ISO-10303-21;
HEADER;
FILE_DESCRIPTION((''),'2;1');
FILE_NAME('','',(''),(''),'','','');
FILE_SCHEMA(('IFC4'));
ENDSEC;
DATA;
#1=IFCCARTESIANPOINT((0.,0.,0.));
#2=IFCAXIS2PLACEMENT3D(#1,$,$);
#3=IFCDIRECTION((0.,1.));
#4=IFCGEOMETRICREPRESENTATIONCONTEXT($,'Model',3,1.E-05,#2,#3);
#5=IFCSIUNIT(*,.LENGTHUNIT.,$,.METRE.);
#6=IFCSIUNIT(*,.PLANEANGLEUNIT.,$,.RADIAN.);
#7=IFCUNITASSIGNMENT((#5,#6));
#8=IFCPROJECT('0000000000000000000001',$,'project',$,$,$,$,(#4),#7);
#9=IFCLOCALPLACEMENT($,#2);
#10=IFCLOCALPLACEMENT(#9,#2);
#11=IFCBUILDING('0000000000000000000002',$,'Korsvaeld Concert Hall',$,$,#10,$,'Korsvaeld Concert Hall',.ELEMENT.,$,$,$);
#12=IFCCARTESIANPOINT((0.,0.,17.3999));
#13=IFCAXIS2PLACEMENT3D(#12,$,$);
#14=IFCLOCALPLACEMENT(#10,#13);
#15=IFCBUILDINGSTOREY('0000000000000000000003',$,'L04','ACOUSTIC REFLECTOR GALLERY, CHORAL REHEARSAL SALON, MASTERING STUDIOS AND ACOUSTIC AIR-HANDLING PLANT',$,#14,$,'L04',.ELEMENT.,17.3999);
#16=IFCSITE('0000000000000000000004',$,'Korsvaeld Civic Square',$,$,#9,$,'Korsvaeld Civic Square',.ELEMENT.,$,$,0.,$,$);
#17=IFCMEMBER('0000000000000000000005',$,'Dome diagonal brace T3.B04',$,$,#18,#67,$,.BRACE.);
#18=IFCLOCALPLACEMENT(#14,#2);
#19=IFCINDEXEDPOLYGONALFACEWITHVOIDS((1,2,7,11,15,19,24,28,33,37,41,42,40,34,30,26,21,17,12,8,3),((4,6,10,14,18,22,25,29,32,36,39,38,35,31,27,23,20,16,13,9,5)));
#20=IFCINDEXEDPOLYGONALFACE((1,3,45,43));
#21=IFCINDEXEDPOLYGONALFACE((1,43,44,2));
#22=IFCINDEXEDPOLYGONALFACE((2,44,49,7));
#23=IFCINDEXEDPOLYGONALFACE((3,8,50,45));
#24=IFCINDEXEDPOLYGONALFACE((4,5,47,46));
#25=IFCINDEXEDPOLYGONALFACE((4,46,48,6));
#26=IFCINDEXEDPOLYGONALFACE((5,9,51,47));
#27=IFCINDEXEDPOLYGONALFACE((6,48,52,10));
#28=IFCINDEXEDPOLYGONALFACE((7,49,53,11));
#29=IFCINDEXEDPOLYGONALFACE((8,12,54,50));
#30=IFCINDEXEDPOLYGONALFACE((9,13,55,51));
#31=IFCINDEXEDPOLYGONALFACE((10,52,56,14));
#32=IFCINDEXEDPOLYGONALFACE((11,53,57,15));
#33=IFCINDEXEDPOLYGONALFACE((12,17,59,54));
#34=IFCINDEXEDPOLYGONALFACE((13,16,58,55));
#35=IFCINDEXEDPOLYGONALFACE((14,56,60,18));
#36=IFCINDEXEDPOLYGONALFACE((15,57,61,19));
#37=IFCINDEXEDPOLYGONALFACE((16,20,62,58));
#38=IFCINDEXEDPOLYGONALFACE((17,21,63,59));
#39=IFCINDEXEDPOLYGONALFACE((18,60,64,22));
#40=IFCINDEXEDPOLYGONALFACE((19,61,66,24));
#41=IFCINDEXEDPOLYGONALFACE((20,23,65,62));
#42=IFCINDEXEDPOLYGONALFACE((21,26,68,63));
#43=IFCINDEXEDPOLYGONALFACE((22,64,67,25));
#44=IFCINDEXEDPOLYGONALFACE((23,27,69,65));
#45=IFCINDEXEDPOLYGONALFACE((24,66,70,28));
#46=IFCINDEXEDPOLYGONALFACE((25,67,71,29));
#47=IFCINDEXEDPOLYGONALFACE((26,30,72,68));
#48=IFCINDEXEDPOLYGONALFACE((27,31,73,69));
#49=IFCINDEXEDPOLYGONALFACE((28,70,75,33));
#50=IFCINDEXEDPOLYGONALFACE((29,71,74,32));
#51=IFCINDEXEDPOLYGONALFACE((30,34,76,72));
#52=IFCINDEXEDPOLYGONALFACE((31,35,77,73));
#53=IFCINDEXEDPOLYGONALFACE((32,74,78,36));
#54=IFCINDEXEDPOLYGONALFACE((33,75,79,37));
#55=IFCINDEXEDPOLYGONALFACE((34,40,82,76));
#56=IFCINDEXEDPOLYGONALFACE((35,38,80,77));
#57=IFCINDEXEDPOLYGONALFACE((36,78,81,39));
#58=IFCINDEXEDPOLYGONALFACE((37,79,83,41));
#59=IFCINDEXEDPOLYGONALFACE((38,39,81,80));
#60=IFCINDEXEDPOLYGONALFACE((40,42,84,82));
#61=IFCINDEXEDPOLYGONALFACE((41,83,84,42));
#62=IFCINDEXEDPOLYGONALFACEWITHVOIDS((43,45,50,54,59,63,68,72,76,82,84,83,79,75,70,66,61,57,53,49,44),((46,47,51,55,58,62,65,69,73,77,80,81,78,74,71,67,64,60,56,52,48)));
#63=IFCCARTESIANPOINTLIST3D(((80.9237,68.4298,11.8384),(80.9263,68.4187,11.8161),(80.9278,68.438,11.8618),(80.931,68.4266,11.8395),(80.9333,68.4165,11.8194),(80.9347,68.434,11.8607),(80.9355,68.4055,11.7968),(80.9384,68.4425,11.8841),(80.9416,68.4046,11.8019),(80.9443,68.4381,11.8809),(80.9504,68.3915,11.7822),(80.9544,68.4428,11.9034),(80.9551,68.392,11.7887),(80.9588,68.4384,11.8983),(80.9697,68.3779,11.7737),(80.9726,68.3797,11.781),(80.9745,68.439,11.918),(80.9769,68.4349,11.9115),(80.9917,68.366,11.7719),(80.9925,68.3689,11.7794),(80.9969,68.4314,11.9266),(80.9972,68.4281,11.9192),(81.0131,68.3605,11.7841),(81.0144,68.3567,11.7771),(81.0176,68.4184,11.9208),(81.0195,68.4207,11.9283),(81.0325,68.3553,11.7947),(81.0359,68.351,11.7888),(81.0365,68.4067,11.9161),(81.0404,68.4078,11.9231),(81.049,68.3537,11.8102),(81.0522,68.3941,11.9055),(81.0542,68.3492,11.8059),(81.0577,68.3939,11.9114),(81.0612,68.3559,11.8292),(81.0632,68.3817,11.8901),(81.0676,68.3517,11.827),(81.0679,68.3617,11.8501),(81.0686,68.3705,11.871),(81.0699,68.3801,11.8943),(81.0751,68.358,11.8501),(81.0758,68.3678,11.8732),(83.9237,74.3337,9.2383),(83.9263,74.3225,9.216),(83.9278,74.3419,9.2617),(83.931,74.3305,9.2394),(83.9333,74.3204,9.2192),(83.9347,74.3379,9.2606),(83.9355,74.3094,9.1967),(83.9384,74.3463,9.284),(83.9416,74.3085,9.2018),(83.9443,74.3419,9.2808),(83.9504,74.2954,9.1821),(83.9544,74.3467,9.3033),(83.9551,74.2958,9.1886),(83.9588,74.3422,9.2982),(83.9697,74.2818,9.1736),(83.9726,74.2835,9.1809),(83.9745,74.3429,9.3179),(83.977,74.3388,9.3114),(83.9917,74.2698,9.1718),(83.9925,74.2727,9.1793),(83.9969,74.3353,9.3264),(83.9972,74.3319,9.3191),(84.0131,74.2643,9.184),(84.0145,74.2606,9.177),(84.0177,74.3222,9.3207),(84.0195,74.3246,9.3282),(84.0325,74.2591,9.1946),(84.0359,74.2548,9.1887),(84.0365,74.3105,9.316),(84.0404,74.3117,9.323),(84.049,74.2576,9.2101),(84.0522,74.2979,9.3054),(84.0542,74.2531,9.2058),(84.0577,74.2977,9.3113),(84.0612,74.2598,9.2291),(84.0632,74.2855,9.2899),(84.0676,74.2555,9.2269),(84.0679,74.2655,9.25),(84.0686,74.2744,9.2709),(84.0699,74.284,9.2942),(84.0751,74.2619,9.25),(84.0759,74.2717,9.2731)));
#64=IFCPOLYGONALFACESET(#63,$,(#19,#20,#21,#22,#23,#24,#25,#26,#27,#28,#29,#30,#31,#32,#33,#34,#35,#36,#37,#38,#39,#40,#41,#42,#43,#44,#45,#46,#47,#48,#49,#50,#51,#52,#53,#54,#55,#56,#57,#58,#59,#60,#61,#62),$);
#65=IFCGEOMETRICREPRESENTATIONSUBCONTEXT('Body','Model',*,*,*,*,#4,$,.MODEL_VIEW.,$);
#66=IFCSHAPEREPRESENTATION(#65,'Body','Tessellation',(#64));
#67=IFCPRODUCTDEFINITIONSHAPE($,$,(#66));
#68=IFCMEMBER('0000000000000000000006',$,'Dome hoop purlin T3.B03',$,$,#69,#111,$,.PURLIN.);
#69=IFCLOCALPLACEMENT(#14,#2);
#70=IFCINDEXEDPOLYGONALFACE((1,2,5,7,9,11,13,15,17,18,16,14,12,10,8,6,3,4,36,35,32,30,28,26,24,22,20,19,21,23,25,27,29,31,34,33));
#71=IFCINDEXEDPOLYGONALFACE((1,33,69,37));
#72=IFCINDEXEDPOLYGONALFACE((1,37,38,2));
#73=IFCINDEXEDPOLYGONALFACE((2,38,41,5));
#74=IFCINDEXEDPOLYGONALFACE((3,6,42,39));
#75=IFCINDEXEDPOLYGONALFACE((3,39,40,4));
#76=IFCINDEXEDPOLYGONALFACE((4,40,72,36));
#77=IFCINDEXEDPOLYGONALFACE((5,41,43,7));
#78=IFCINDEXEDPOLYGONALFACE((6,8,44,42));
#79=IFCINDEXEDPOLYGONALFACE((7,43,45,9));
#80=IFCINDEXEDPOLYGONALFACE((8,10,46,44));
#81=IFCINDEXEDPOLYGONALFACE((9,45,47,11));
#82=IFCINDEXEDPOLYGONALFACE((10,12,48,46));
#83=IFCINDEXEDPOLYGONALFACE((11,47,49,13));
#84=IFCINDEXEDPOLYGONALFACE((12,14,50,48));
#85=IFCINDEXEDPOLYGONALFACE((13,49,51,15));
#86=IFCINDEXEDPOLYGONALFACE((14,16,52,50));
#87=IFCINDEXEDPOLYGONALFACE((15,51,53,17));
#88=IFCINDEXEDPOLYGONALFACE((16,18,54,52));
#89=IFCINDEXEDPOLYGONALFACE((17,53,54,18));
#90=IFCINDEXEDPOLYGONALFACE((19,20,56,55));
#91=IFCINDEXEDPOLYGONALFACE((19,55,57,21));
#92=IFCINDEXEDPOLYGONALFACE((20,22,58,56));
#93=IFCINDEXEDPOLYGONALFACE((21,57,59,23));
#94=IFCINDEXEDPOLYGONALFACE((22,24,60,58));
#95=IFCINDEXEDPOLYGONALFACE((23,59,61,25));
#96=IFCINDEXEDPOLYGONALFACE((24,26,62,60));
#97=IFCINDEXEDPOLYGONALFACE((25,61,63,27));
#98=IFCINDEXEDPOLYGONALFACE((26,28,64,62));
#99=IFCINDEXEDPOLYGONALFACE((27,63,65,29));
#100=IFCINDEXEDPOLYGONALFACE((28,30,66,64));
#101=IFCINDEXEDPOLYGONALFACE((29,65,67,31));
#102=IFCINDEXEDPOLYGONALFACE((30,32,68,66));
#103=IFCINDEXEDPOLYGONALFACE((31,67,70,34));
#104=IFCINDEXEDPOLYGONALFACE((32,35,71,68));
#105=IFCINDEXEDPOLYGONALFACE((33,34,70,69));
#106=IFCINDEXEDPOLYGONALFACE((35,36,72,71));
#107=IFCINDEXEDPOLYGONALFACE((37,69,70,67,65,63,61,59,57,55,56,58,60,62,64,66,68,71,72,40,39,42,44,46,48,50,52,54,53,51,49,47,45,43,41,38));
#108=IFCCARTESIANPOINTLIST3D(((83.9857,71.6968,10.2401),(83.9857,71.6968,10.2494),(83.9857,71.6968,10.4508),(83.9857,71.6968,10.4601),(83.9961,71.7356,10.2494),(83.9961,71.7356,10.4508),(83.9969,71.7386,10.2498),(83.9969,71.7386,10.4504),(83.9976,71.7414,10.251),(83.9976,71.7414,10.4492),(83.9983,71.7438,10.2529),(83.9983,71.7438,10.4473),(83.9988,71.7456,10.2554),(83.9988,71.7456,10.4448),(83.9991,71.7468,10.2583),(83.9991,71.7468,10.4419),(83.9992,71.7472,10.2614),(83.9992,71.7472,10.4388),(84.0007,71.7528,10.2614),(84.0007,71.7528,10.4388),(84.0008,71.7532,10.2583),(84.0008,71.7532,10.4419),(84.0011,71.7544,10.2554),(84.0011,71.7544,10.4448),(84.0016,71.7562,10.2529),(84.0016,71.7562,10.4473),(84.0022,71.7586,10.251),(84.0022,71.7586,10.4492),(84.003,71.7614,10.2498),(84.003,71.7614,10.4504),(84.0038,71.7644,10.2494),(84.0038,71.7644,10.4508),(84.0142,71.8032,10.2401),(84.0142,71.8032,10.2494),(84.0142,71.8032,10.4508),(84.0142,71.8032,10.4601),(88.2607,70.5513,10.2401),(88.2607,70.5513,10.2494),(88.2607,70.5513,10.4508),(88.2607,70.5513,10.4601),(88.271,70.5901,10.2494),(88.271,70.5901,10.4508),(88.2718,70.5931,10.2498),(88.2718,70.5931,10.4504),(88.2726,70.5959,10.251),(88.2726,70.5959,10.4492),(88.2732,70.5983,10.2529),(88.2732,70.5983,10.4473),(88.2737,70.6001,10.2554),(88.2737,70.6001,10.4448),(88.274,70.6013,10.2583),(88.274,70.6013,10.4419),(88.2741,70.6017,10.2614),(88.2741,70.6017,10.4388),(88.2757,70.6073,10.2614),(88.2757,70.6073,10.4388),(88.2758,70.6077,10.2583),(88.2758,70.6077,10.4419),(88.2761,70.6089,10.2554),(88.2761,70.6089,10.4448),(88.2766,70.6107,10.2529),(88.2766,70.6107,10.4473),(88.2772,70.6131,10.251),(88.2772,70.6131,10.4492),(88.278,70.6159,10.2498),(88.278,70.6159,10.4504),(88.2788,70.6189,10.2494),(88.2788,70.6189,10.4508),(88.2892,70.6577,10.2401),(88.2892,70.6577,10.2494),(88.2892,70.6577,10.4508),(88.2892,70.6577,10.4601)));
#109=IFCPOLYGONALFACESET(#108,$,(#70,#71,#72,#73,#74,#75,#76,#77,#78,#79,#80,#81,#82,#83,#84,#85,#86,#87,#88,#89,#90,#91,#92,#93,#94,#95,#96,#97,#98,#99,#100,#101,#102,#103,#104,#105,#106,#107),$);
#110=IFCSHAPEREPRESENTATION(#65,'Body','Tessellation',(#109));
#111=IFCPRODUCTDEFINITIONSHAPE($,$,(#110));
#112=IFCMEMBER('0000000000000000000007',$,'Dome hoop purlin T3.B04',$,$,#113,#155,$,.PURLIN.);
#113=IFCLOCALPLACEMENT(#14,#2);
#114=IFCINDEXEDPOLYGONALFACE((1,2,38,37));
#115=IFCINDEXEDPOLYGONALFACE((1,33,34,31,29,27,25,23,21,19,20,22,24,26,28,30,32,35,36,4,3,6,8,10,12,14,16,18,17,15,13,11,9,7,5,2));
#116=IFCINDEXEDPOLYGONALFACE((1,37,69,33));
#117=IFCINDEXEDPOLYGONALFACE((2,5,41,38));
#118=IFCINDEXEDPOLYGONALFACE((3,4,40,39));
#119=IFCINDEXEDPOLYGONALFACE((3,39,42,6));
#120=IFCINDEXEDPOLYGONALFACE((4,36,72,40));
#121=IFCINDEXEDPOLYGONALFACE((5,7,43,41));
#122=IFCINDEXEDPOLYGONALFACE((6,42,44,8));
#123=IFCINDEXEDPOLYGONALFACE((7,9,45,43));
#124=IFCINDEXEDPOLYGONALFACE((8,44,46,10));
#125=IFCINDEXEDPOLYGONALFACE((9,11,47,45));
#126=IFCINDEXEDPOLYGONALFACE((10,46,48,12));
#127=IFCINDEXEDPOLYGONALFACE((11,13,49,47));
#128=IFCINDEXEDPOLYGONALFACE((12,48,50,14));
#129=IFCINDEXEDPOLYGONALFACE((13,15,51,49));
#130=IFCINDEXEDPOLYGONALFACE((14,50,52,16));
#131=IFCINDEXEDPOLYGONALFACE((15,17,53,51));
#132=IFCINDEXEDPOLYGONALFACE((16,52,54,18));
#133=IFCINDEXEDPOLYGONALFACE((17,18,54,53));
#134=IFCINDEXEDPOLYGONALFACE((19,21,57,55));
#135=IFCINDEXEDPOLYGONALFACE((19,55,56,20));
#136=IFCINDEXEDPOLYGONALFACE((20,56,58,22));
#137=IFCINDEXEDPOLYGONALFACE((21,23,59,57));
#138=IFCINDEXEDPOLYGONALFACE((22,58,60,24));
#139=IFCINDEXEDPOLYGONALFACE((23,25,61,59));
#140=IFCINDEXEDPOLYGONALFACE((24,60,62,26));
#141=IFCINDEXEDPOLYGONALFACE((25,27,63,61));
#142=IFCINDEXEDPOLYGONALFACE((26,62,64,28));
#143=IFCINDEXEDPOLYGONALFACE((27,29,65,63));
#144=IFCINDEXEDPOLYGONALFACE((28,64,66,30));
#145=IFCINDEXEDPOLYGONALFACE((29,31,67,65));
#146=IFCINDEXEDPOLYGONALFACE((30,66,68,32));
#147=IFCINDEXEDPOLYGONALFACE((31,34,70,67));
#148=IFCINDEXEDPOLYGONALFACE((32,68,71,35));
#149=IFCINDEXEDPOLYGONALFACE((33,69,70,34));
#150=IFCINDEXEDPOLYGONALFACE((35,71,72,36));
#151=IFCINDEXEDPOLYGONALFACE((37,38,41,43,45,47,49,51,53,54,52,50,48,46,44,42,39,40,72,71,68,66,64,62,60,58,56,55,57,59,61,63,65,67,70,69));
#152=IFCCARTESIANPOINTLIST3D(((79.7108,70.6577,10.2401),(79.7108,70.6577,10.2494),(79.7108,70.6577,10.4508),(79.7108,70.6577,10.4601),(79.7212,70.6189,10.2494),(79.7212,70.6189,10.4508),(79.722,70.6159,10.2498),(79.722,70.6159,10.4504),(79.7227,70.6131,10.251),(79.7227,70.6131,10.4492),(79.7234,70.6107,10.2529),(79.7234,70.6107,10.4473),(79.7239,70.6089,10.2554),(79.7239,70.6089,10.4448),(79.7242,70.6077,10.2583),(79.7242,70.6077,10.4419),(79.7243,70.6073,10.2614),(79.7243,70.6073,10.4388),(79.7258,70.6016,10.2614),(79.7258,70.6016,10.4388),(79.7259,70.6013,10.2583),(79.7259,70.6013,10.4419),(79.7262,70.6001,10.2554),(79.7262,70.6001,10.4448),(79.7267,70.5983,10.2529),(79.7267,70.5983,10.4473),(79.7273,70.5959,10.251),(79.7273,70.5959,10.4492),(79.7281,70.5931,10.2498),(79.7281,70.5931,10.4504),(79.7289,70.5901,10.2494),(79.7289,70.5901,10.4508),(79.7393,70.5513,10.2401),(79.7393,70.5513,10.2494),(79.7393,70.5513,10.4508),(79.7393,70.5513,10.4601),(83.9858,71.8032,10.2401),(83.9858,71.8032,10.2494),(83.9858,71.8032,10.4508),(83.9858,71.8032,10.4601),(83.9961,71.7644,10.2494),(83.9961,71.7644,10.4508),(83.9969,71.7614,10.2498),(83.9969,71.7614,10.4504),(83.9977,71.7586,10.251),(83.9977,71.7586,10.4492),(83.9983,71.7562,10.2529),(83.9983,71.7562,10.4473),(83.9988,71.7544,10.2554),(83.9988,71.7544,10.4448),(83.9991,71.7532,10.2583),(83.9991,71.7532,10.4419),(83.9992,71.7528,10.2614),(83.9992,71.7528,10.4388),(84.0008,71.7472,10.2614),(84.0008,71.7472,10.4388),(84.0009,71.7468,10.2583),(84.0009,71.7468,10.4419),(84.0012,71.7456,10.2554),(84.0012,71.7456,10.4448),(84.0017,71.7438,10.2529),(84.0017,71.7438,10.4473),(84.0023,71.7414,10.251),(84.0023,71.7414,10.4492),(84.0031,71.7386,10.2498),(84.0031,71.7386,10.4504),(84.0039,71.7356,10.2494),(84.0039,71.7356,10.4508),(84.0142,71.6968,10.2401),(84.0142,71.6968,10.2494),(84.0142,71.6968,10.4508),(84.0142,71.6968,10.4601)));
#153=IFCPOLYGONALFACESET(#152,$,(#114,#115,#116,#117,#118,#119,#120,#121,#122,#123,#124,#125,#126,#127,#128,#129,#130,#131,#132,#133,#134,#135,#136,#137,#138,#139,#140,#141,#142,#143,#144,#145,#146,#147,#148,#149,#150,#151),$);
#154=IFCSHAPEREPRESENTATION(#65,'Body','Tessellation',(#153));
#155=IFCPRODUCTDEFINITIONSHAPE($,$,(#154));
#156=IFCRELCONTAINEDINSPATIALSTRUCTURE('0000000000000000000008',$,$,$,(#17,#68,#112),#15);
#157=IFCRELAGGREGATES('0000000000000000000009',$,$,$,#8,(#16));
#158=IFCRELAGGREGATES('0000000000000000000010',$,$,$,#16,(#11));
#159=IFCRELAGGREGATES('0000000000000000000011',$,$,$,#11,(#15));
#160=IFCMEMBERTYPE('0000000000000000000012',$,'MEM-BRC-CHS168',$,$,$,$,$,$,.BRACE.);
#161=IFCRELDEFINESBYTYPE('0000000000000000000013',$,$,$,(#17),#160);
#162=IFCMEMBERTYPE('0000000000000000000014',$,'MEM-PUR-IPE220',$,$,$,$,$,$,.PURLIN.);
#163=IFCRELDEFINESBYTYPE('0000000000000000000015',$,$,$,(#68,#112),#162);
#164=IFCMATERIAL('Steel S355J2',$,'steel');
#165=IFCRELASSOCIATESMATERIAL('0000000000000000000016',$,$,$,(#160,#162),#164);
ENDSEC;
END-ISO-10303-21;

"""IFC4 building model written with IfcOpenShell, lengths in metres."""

from ifc_helpers import new_model, si_unit, direction, frame, origin, origin_2d, place, context, subcontext, project, spatial, hollow_circle, i_section, extrude, material, material_profile, profile_set, type_object, element, save


model = new_model("IFC4")

# Units and contexts
model_context = context("Model", 3, precision=1e-05, world=origin(), true_north=direction((0.0, 1.0)))
body_context = subcontext(model_context, "Body", "Model", "MODEL_VIEW")
ifc_project = project(units=[si_unit("LENGTHUNIT", "METRE"), si_unit("PLANEANGLEUNIT", "RADIAN")], contexts=[model_context])

# Site, building, storey
site_placement = place(None, origin())
site = spatial("IfcSite", under=ifc_project, at=site_placement, Name="Korsvaeld Civic Square", LongName="Korsvaeld Civic Square", CompositionType="ELEMENT", RefElevation=0.0)
building_placement = place(site_placement, origin())
building = spatial("IfcBuilding", under=site, at=building_placement, Name="Korsvaeld Concert Hall", LongName="Korsvaeld Concert Hall", CompositionType="ELEMENT")
storey_placement = place(building_placement, frame((0.0, 0.0, 17.3999)))
storey = spatial("IfcBuildingStorey", under=building, at=storey_placement, Name="L04", Description="ACOUSTIC REFLECTOR GALLERY, CHORAL REHEARSAL SALON, MASTERING STUDIOS AND ACOUSTIC AIR-HANDLING PLANT", LongName="L04", CompositionType="ELEMENT", Elevation=17.3999)

# Shared definitions
ifc_material_1 = material(Name="Steel S355J2", Category="steel")

# Members
ifc_material_profile_1 = material_profile(ifc_material_1, hollow_circle(Radius=0.0842, WallThickness=0.0081, at=origin_2d()), Name="CHS 168.3x8")
ifc_profile_set_1 = profile_set([ifc_material_profile_1], Name="Steel S355J2")
member_type_1 = type_object("IfcMemberType", Name="MEM-BRC-CHS168", PredefinedType="BRACE", material=ifc_profile_set_1)
for number, where, z_axis, x_axis, name in (
    (1, (84.0, 74.3, 9.25), (-0.421677, -0.829833, 0.365467), (0.891503, -0.453014, 0.0), "Dome diagonal brace T3.B04"),
):
    element("IfcMember", number, at=place(storey_placement, frame(where, z_axis=z_axis, x_axis=x_axis)), inside=storey, type_object=member_type_1, Name=name, PredefinedType="BRACE", context=body_context, shape_type="SweptSolid", body=[
        extrude(hollow_circle(Radius=0.0842, WallThickness=0.0081, at=origin_2d()), origin(), (0.0, 0.0, 1.0), 7.1145),
    ])
ifc_material_profile_2 = material_profile(ifc_material_1, i_section(OverallWidth=0.1101, OverallDepth=0.22, WebThickness=0.0059, FlangeThickness=0.0093, FilletRadius=0.012, at=origin_2d()), Name="IPE 220")
ifc_profile_set_2 = profile_set([ifc_material_profile_2], Name="Steel S355J2")
member_type_2 = type_object("IfcMemberType", Name="MEM-PUR-IPE220", PredefinedType="PURLIN", material=ifc_profile_set_2)
for number, where, z_axis, x_axis, name in (
    (2, (88.2749, 70.6045, 10.3501), (-0.965923, 0.25883, 0.0), (-0.25883, -0.965923, 0.0), "Dome hoop purlin T3.B03"),
    (3, (84.0, 71.75, 10.3501), (-0.965923, -0.25883, 0.0), (0.25883, -0.965923, 0.0), "Dome hoop purlin T3.B04"),
):
    element("IfcMember", number, at=place(storey_placement, frame(where, z_axis=z_axis, x_axis=x_axis)), inside=storey, type_object=member_type_2, Name=name, PredefinedType="PURLIN", context=body_context, shape_type="SweptSolid", body=[
        extrude(i_section(OverallWidth=0.1101, OverallDepth=0.22, WebThickness=0.0059, FlangeThickness=0.0093, FilletRadius=0.012, at=origin_2d()), origin(), (0.0, 0.0, 1.0), 4.4258),
    ])

save(model, "model.ifc")
